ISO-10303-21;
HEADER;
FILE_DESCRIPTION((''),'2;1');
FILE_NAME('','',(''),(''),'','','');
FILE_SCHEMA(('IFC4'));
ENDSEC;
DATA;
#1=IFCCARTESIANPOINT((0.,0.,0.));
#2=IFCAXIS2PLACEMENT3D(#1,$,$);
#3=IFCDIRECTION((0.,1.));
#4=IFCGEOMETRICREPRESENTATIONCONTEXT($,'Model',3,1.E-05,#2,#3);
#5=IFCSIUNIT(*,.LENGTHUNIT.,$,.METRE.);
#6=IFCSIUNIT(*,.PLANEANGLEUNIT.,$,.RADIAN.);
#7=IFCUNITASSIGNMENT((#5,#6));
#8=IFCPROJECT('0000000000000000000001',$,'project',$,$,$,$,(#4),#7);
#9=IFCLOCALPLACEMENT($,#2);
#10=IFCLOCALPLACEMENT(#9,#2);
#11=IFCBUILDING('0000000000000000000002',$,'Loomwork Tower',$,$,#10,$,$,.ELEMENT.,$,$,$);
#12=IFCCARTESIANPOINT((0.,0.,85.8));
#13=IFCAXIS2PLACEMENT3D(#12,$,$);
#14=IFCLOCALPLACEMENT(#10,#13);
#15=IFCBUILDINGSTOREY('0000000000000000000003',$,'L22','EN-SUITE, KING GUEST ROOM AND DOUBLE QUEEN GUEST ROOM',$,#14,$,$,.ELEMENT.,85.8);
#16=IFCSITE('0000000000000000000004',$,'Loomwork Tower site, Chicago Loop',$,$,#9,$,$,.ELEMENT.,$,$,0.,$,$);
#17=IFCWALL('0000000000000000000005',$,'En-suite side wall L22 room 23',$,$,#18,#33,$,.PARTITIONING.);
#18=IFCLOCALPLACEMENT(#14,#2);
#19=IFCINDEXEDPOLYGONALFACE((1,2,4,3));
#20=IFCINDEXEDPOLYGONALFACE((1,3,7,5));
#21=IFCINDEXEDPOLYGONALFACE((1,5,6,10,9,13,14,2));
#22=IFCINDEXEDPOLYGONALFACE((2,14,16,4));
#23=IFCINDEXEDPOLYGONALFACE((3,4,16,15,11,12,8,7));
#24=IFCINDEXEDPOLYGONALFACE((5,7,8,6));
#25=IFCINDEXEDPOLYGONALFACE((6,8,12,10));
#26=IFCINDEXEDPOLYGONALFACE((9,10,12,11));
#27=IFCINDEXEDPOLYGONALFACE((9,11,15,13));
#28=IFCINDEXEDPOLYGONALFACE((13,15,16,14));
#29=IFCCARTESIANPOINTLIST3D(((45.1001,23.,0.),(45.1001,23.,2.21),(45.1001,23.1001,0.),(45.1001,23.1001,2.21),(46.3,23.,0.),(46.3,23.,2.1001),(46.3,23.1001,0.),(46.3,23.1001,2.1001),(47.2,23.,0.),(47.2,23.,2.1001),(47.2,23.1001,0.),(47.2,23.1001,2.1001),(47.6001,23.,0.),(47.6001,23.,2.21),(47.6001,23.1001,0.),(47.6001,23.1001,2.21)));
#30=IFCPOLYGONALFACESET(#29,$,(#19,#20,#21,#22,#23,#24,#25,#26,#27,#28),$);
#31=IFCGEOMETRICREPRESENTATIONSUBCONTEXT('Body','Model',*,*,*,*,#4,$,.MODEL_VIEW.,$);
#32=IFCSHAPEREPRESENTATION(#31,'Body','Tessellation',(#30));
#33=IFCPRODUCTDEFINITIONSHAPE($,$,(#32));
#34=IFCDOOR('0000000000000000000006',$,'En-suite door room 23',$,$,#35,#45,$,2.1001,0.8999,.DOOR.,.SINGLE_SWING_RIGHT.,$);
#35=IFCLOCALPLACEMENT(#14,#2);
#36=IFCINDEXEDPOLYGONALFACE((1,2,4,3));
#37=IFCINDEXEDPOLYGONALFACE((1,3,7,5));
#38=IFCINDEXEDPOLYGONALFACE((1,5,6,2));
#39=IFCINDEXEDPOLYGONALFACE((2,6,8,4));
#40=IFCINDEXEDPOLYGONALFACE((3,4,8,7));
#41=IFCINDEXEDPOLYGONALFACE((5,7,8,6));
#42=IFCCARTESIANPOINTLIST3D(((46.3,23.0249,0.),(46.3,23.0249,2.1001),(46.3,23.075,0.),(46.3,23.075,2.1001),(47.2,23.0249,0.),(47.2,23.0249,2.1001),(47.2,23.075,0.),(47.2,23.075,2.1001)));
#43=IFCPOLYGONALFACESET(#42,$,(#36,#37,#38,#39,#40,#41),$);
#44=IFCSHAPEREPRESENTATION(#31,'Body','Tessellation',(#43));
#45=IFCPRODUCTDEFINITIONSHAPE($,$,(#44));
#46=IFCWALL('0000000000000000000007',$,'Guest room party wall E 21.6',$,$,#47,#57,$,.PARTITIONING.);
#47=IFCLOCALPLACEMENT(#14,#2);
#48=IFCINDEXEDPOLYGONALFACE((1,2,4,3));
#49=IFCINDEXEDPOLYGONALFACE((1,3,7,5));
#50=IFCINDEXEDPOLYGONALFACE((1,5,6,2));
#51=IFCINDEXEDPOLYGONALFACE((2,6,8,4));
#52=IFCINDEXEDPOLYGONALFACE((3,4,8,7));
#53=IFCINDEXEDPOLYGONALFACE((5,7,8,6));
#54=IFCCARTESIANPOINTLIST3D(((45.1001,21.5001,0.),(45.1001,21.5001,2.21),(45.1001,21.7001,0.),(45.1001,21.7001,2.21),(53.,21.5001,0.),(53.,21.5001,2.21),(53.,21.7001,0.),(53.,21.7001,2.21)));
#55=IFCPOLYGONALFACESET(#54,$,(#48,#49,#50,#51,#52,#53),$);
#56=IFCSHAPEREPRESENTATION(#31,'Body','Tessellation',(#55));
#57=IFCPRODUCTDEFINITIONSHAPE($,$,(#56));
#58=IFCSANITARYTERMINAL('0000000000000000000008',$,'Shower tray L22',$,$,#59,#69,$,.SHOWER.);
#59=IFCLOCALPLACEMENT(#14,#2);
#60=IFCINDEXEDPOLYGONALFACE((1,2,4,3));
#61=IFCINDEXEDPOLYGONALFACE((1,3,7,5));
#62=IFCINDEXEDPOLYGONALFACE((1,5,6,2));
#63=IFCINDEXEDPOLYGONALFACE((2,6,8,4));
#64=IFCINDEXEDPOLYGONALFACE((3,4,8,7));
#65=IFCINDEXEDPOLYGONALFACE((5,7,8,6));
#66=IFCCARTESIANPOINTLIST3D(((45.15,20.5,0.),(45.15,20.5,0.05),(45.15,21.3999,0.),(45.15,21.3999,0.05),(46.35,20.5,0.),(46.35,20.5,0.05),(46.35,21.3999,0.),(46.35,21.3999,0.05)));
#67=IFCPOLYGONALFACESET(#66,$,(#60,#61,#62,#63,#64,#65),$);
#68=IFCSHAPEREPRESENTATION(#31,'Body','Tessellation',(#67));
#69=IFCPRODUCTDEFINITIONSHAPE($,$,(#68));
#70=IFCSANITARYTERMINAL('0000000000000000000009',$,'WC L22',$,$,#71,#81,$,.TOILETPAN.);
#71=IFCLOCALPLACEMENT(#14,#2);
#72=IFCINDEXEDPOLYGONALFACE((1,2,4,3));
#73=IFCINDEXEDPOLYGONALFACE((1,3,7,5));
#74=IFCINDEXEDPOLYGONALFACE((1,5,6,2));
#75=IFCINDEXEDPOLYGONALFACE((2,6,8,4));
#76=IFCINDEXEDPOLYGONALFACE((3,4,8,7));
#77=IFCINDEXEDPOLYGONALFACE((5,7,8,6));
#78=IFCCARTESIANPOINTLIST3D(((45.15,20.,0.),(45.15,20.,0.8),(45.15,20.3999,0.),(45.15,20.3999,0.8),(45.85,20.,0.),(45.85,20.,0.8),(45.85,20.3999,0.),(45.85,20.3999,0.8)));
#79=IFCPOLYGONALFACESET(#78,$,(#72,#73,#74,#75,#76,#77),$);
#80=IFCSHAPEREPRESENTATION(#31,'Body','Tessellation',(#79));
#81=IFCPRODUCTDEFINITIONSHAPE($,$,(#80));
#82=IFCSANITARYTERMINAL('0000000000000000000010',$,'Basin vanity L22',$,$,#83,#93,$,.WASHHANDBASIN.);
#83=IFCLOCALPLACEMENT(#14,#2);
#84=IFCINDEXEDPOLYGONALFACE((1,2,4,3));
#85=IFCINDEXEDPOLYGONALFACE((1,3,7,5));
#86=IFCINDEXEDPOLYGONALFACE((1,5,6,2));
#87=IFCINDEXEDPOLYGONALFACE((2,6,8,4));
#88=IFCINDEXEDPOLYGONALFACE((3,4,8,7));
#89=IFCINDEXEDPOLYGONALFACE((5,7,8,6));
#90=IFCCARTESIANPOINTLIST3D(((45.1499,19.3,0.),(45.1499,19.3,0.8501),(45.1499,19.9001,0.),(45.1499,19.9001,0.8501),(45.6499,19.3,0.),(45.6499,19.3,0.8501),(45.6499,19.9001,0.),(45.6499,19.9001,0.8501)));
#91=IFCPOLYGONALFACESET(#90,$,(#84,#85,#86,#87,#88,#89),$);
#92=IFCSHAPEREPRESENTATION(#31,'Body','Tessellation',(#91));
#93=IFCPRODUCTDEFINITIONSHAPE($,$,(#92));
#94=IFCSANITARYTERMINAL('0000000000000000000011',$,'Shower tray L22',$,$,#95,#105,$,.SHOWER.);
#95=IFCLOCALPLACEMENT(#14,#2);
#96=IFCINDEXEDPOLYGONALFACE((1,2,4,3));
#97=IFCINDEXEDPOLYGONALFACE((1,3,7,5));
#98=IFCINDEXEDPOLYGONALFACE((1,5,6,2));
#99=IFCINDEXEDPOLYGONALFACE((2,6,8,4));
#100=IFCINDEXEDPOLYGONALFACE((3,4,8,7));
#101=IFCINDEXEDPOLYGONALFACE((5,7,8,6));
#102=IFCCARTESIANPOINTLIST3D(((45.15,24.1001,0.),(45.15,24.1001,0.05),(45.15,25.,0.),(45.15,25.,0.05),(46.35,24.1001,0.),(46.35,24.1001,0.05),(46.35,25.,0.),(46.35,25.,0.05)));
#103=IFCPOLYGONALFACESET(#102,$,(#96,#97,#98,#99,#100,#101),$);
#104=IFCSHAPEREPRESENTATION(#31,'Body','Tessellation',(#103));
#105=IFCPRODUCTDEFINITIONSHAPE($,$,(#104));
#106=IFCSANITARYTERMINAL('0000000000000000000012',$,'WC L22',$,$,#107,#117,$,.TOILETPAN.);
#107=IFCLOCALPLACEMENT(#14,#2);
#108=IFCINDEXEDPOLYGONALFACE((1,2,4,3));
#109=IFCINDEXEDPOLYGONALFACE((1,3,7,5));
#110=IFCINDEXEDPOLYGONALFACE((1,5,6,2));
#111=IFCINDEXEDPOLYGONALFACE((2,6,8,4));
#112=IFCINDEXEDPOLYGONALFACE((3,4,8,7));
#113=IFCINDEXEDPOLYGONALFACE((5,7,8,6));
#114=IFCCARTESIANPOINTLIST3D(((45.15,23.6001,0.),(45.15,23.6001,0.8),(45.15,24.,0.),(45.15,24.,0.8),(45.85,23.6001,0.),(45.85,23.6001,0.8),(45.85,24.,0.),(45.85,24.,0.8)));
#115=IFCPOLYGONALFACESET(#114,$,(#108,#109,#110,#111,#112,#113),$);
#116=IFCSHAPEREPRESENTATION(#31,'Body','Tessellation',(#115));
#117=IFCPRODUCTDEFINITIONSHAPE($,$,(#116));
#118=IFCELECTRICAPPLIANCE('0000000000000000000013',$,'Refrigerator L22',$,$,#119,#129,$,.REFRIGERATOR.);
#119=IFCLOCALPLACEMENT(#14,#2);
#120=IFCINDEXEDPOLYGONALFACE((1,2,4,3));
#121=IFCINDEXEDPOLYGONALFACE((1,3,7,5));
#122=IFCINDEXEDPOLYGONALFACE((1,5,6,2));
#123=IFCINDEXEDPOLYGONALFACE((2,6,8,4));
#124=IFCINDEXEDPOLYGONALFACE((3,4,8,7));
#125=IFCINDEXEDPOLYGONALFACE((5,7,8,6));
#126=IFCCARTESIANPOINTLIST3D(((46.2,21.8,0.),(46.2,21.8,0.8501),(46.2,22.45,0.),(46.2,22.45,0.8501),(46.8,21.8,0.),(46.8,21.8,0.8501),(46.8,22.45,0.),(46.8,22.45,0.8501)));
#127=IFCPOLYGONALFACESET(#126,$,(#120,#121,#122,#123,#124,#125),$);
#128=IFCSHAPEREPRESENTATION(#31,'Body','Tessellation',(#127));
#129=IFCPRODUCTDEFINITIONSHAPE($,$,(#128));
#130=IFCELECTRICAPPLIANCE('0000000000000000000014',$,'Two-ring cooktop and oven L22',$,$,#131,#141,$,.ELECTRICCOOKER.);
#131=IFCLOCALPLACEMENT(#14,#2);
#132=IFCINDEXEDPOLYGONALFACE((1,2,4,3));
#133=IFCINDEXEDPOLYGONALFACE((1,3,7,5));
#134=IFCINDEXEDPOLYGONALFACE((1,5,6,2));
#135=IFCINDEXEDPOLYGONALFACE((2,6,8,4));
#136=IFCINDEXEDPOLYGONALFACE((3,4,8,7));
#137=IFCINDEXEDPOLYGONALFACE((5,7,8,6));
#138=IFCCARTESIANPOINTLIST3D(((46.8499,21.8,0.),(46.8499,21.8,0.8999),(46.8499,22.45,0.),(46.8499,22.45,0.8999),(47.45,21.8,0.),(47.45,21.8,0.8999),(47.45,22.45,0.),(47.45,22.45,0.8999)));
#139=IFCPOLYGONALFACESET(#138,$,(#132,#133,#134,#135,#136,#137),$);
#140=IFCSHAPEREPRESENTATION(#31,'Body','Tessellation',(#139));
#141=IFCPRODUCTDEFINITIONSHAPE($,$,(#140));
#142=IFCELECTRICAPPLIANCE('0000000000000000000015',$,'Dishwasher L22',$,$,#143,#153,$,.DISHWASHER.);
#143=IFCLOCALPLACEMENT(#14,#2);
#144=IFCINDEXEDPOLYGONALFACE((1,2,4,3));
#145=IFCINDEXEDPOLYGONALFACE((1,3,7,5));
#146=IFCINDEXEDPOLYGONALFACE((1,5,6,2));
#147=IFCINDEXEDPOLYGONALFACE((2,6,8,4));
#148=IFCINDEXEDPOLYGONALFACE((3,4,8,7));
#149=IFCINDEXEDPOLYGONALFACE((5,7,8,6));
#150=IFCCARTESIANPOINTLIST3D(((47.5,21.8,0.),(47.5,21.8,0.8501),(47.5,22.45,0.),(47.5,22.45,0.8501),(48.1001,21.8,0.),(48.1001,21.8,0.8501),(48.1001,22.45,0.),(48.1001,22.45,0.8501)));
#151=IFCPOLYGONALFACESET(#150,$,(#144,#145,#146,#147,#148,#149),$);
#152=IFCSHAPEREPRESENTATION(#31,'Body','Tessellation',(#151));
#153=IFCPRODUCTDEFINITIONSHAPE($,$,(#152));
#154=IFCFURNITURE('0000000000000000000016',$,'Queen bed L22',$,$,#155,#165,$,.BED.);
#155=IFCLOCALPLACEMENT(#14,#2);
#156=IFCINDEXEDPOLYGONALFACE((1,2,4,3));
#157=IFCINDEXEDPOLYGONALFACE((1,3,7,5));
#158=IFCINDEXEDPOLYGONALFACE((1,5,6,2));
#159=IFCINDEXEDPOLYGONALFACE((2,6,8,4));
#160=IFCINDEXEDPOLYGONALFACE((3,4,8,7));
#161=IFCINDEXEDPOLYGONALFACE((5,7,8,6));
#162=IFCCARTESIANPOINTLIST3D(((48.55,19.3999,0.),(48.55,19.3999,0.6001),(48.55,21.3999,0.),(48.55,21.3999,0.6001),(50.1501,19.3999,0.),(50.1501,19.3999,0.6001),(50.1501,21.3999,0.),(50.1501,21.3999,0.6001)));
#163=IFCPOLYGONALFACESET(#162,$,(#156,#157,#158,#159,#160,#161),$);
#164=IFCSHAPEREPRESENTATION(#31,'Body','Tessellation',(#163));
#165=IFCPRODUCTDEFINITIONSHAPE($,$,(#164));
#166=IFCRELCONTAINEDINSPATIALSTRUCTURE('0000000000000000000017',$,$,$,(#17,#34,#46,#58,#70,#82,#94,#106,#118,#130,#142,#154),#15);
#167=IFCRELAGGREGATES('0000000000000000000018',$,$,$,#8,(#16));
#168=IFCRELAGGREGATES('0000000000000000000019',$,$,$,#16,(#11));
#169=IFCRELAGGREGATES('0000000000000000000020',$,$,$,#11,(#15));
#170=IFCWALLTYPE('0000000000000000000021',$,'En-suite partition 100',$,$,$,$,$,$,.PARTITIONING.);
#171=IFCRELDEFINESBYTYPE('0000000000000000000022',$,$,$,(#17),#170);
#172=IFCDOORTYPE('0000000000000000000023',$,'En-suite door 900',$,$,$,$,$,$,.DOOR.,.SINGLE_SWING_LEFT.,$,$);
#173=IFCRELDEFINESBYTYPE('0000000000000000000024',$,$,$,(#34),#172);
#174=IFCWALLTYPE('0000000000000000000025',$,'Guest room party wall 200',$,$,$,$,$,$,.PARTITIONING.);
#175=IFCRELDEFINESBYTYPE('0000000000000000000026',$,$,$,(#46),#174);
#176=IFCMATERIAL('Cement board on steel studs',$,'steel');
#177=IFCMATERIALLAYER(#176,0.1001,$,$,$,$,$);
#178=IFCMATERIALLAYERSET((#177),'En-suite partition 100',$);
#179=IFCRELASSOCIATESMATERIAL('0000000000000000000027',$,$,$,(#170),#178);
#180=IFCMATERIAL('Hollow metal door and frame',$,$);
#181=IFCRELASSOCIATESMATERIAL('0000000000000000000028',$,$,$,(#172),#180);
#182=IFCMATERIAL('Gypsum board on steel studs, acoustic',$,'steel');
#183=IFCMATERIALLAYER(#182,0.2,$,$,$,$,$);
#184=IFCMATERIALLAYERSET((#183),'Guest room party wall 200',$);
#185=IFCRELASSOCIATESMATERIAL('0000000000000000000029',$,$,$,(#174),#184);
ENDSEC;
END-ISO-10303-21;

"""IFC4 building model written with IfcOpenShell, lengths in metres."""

from ifc_helpers import new_model, si_unit, direction, frame, frame_2d, origin, origin_2d, place, context, subcontext, project, spatial, rectangle, extrude, material, layer, layer_set, type_object, element, fill, save


model = new_model("IFC4")

# Units and contexts
model_context = context("Model", 3, precision=1e-05, world=origin(), true_north=direction((0.0, 1.0)))
body_context = subcontext(model_context, "Body", "Model", "MODEL_VIEW")
ifc_project = project(units=[si_unit("LENGTHUNIT", "METRE"), si_unit("PLANEANGLEUNIT", "RADIAN")], contexts=[model_context])

# Site, building, storey
site_placement = place(None, origin())
site = spatial("IfcSite", under=ifc_project, at=site_placement, Name="Loomwork Tower site, Chicago Loop", CompositionType="ELEMENT", RefElevation=0.0)
building_placement = place(site_placement, origin())
building = spatial("IfcBuilding", under=site, at=building_placement, Name="Loomwork Tower", CompositionType="ELEMENT")
storey_placement = place(building_placement, frame((0.0, 0.0, 85.8)))
storey = spatial("IfcBuildingStorey", under=building, at=storey_placement, Name="L22", Description="EN-SUITE, KING GUEST ROOM AND DOUBLE QUEEN GUEST ROOM", CompositionType="ELEMENT", Elevation=85.8)

# Shared definitions
ifc_material_1 = material(Name="Cement board on steel studs", Category="steel")
ifc_layer_1 = layer(ifc_material_1, 0.1001)
ifc_layer_set_1 = layer_set([ifc_layer_1], Name="En-suite partition 100")
wall_type_1 = type_object("IfcWallType", Name="En-suite partition 100", PredefinedType="PARTITIONING", material=ifc_layer_set_1)

# Shared definitions
ifc_material_2 = material(Name="Hollow metal door and frame")
door_type_1 = type_object("IfcDoorType", Name="En-suite door 900", OperationType="SINGLE_SWING_LEFT", PredefinedType="DOOR", material=ifc_material_2)

# Wall, opening, door
wall_1_placement = place(storey_placement, frame((45.1001, 23.05, 0.0), z_axis=(0.0, 0.0, 1.0), x_axis=(1.0, 0.0, 0.0)))
wall_1 = element("IfcWall", 1, at=wall_1_placement, inside=storey, type_object=wall_type_1, Name="En-suite side wall L22 room 23", PredefinedType="PARTITIONING", context=body_context, shape_type="SweptSolid", body=[
    extrude(rectangle(XDim=2.5, YDim=0.1001, at=frame_2d((1.25, 0.0))), origin(), (0.0, 0.0, 1.0), 2.21),
])
opening_1_placement = place(wall_1_placement, frame((1.2, 0.0, 0.0)))
opening_1 = element("IfcOpeningElement", 2, at=opening_1_placement, cuts=wall_1, PredefinedType="OPENING", context=body_context, shape_type="SweptSolid", body=[
    extrude(rectangle(XDim=0.8999, YDim=2.1001, at=frame_2d((0.45, 1.05))), frame((0.0, 0.0601, 0.0), z_axis=(0.0, -1.0, 0.0), x_axis=(1.0, 0.0, 0.0)), (0.0, 0.0, 1.0), 0.1201),
])
door_1_placement = place(opening_1_placement, origin())
door_1 = element("IfcDoor", 3, at=door_1_placement, inside=storey, type_object=door_type_1, Name="En-suite door room 23", OperationType="SINGLE_SWING_RIGHT", OverallHeight=2.1001, OverallWidth=0.8999, PredefinedType="DOOR", context=body_context, shape_type="SweptSolid", body=[
    extrude(rectangle(XDim=0.8999, YDim=2.1001, at=frame_2d((0.45, 1.05))), frame((0.0, 0.0249, 0.0), z_axis=(0.0, -1.0, 0.0), x_axis=(1.0, 0.0, 0.0)), (0.0, 0.0, 1.0), 0.05),
])
fill(opening_1, door_1)

# Wall
ifc_material_3 = material(Name="Gypsum board on steel studs, acoustic", Category="steel")
ifc_layer_2 = layer(ifc_material_3, 0.2)
ifc_layer_set_2 = layer_set([ifc_layer_2], Name="Guest room party wall 200")
wall_type_2 = type_object("IfcWallType", Name="Guest room party wall 200", PredefinedType="PARTITIONING", material=ifc_layer_set_2)
wall_2_placement = place(storey_placement, frame((45.1001, 21.6001, 0.0), z_axis=(0.0, 0.0, 1.0), x_axis=(1.0, 0.0, 0.0)))
element("IfcWall", 4, at=wall_2_placement, inside=storey, type_object=wall_type_2, Name="Guest room party wall E 21.6", PredefinedType="PARTITIONING", context=body_context, shape_type="SweptSolid", body=[
    extrude(rectangle(XDim=7.8999, YDim=0.2, at=frame_2d((3.95, 0.0))), origin(), (0.0, 0.0, 1.0), 2.21),
])

# Sanitary terminals
sanitary_terminal_1_placement = place(storey_placement, frame((45.75, 20.95, 0.0), z_axis=(0.0, 0.0, 1.0), x_axis=(1.0, 0.0, 0.0)))
element("IfcSanitaryTerminal", 5, at=sanitary_terminal_1_placement, inside=storey, Name="Shower tray L22", PredefinedType="SHOWER", context=body_context, shape_type="SweptSolid", body=[
    extrude(rectangle(XDim=1.2, YDim=0.8999, at=origin_2d()), origin(), (0.0, 0.0, 1.0), 0.05),
])
sanitary_terminal_2_placement = place(storey_placement, frame((45.5, 20.2, 0.0), z_axis=(0.0, 0.0, 1.0), x_axis=(1.0, 0.0, 0.0)))
element("IfcSanitaryTerminal", 6, at=sanitary_terminal_2_placement, inside=storey, Name="WC L22", PredefinedType="TOILETPAN", context=body_context, shape_type="SweptSolid", body=[
    extrude(rectangle(XDim=0.7, YDim=0.3999, at=origin_2d()), origin(), (0.0, 0.0, 1.0), 0.8),
])
sanitary_terminal_3_placement = place(storey_placement, frame((45.3999, 19.6001, 0.0), z_axis=(0.0, 0.0, 1.0), x_axis=(1.0, 0.0, 0.0)))
element("IfcSanitaryTerminal", 7, at=sanitary_terminal_3_placement, inside=storey, Name="Basin vanity L22", PredefinedType="WASHHANDBASIN", context=body_context, shape_type="SweptSolid", body=[
    extrude(rectangle(XDim=0.5, YDim=0.6001, at=origin_2d()), origin(), (0.0, 0.0, 1.0), 0.8501),
])
sanitary_terminal_4_placement = place(storey_placement, frame((45.75, 24.55, 0.0), z_axis=(0.0, 0.0, 1.0), x_axis=(1.0, 0.0, 0.0)))
element("IfcSanitaryTerminal", 8, at=sanitary_terminal_4_placement, inside=storey, Name="Shower tray L22", PredefinedType="SHOWER", context=body_context, shape_type="SweptSolid", body=[
    extrude(rectangle(XDim=1.2, YDim=0.8999, at=origin_2d()), origin(), (0.0, 0.0, 1.0), 0.05),
])
sanitary_terminal_5_placement = place(storey_placement, frame((45.5, 23.8, 0.0), z_axis=(0.0, 0.0, 1.0), x_axis=(1.0, 0.0, 0.0)))
element("IfcSanitaryTerminal", 9, at=sanitary_terminal_5_placement, inside=storey, Name="WC L22", PredefinedType="TOILETPAN", context=body_context, shape_type="SweptSolid", body=[
    extrude(rectangle(XDim=0.7, YDim=0.3999, at=origin_2d()), origin(), (0.0, 0.0, 1.0), 0.8),
])

# Electric appliances
electric_appliance_1_placement = place(storey_placement, frame((46.5, 22.125, 0.0), z_axis=(0.0, 0.0, 1.0), x_axis=(1.0, 0.0, 0.0)))
element("IfcElectricAppliance", 10, at=electric_appliance_1_placement, inside=storey, Name="Refrigerator L22", PredefinedType="REFRIGERATOR", context=body_context, shape_type="SweptSolid", body=[
    extrude(rectangle(XDim=0.6001, YDim=0.6499, at=origin_2d()), origin(), (0.0, 0.0, 1.0), 0.8501),
])
electric_appliance_2_placement = place(storey_placement, frame((47.1499, 22.125, 0.0), z_axis=(0.0, 0.0, 1.0), x_axis=(1.0, 0.0, 0.0)))
element("IfcElectricAppliance", 11, at=electric_appliance_2_placement, inside=storey, Name="Two-ring cooktop and oven L22", PredefinedType="ELECTRICCOOKER", context=body_context, shape_type="SweptSolid", body=[
    extrude(rectangle(XDim=0.6001, YDim=0.6499, at=origin_2d()), origin(), (0.0, 0.0, 1.0), 0.8999),
])
electric_appliance_3_placement = place(storey_placement, frame((47.8, 22.125, 0.0), z_axis=(0.0, 0.0, 1.0), x_axis=(1.0, 0.0, 0.0)))
element("IfcElectricAppliance", 12, at=electric_appliance_3_placement, inside=storey, Name="Dishwasher L22", PredefinedType="DISHWASHER", context=body_context, shape_type="SweptSolid", body=[
    extrude(rectangle(XDim=0.6001, YDim=0.6499, at=origin_2d()), origin(), (0.0, 0.0, 1.0), 0.8501),
])

# Furniture
furniture_placement = place(storey_placement, frame((49.3501, 20.3999, 0.0), z_axis=(0.0, 0.0, 1.0), x_axis=(1.0, 0.0, 0.0)))
element("IfcFurniture", 13, at=furniture_placement, inside=storey, Name="Queen bed L22", PredefinedType="BED", context=body_context, shape_type="SweptSolid", body=[
    extrude(rectangle(XDim=1.6001, YDim=2.0, at=origin_2d()), origin(), (0.0, 0.0, 1.0), 0.6001),
])

save(model, "model.ifc")
